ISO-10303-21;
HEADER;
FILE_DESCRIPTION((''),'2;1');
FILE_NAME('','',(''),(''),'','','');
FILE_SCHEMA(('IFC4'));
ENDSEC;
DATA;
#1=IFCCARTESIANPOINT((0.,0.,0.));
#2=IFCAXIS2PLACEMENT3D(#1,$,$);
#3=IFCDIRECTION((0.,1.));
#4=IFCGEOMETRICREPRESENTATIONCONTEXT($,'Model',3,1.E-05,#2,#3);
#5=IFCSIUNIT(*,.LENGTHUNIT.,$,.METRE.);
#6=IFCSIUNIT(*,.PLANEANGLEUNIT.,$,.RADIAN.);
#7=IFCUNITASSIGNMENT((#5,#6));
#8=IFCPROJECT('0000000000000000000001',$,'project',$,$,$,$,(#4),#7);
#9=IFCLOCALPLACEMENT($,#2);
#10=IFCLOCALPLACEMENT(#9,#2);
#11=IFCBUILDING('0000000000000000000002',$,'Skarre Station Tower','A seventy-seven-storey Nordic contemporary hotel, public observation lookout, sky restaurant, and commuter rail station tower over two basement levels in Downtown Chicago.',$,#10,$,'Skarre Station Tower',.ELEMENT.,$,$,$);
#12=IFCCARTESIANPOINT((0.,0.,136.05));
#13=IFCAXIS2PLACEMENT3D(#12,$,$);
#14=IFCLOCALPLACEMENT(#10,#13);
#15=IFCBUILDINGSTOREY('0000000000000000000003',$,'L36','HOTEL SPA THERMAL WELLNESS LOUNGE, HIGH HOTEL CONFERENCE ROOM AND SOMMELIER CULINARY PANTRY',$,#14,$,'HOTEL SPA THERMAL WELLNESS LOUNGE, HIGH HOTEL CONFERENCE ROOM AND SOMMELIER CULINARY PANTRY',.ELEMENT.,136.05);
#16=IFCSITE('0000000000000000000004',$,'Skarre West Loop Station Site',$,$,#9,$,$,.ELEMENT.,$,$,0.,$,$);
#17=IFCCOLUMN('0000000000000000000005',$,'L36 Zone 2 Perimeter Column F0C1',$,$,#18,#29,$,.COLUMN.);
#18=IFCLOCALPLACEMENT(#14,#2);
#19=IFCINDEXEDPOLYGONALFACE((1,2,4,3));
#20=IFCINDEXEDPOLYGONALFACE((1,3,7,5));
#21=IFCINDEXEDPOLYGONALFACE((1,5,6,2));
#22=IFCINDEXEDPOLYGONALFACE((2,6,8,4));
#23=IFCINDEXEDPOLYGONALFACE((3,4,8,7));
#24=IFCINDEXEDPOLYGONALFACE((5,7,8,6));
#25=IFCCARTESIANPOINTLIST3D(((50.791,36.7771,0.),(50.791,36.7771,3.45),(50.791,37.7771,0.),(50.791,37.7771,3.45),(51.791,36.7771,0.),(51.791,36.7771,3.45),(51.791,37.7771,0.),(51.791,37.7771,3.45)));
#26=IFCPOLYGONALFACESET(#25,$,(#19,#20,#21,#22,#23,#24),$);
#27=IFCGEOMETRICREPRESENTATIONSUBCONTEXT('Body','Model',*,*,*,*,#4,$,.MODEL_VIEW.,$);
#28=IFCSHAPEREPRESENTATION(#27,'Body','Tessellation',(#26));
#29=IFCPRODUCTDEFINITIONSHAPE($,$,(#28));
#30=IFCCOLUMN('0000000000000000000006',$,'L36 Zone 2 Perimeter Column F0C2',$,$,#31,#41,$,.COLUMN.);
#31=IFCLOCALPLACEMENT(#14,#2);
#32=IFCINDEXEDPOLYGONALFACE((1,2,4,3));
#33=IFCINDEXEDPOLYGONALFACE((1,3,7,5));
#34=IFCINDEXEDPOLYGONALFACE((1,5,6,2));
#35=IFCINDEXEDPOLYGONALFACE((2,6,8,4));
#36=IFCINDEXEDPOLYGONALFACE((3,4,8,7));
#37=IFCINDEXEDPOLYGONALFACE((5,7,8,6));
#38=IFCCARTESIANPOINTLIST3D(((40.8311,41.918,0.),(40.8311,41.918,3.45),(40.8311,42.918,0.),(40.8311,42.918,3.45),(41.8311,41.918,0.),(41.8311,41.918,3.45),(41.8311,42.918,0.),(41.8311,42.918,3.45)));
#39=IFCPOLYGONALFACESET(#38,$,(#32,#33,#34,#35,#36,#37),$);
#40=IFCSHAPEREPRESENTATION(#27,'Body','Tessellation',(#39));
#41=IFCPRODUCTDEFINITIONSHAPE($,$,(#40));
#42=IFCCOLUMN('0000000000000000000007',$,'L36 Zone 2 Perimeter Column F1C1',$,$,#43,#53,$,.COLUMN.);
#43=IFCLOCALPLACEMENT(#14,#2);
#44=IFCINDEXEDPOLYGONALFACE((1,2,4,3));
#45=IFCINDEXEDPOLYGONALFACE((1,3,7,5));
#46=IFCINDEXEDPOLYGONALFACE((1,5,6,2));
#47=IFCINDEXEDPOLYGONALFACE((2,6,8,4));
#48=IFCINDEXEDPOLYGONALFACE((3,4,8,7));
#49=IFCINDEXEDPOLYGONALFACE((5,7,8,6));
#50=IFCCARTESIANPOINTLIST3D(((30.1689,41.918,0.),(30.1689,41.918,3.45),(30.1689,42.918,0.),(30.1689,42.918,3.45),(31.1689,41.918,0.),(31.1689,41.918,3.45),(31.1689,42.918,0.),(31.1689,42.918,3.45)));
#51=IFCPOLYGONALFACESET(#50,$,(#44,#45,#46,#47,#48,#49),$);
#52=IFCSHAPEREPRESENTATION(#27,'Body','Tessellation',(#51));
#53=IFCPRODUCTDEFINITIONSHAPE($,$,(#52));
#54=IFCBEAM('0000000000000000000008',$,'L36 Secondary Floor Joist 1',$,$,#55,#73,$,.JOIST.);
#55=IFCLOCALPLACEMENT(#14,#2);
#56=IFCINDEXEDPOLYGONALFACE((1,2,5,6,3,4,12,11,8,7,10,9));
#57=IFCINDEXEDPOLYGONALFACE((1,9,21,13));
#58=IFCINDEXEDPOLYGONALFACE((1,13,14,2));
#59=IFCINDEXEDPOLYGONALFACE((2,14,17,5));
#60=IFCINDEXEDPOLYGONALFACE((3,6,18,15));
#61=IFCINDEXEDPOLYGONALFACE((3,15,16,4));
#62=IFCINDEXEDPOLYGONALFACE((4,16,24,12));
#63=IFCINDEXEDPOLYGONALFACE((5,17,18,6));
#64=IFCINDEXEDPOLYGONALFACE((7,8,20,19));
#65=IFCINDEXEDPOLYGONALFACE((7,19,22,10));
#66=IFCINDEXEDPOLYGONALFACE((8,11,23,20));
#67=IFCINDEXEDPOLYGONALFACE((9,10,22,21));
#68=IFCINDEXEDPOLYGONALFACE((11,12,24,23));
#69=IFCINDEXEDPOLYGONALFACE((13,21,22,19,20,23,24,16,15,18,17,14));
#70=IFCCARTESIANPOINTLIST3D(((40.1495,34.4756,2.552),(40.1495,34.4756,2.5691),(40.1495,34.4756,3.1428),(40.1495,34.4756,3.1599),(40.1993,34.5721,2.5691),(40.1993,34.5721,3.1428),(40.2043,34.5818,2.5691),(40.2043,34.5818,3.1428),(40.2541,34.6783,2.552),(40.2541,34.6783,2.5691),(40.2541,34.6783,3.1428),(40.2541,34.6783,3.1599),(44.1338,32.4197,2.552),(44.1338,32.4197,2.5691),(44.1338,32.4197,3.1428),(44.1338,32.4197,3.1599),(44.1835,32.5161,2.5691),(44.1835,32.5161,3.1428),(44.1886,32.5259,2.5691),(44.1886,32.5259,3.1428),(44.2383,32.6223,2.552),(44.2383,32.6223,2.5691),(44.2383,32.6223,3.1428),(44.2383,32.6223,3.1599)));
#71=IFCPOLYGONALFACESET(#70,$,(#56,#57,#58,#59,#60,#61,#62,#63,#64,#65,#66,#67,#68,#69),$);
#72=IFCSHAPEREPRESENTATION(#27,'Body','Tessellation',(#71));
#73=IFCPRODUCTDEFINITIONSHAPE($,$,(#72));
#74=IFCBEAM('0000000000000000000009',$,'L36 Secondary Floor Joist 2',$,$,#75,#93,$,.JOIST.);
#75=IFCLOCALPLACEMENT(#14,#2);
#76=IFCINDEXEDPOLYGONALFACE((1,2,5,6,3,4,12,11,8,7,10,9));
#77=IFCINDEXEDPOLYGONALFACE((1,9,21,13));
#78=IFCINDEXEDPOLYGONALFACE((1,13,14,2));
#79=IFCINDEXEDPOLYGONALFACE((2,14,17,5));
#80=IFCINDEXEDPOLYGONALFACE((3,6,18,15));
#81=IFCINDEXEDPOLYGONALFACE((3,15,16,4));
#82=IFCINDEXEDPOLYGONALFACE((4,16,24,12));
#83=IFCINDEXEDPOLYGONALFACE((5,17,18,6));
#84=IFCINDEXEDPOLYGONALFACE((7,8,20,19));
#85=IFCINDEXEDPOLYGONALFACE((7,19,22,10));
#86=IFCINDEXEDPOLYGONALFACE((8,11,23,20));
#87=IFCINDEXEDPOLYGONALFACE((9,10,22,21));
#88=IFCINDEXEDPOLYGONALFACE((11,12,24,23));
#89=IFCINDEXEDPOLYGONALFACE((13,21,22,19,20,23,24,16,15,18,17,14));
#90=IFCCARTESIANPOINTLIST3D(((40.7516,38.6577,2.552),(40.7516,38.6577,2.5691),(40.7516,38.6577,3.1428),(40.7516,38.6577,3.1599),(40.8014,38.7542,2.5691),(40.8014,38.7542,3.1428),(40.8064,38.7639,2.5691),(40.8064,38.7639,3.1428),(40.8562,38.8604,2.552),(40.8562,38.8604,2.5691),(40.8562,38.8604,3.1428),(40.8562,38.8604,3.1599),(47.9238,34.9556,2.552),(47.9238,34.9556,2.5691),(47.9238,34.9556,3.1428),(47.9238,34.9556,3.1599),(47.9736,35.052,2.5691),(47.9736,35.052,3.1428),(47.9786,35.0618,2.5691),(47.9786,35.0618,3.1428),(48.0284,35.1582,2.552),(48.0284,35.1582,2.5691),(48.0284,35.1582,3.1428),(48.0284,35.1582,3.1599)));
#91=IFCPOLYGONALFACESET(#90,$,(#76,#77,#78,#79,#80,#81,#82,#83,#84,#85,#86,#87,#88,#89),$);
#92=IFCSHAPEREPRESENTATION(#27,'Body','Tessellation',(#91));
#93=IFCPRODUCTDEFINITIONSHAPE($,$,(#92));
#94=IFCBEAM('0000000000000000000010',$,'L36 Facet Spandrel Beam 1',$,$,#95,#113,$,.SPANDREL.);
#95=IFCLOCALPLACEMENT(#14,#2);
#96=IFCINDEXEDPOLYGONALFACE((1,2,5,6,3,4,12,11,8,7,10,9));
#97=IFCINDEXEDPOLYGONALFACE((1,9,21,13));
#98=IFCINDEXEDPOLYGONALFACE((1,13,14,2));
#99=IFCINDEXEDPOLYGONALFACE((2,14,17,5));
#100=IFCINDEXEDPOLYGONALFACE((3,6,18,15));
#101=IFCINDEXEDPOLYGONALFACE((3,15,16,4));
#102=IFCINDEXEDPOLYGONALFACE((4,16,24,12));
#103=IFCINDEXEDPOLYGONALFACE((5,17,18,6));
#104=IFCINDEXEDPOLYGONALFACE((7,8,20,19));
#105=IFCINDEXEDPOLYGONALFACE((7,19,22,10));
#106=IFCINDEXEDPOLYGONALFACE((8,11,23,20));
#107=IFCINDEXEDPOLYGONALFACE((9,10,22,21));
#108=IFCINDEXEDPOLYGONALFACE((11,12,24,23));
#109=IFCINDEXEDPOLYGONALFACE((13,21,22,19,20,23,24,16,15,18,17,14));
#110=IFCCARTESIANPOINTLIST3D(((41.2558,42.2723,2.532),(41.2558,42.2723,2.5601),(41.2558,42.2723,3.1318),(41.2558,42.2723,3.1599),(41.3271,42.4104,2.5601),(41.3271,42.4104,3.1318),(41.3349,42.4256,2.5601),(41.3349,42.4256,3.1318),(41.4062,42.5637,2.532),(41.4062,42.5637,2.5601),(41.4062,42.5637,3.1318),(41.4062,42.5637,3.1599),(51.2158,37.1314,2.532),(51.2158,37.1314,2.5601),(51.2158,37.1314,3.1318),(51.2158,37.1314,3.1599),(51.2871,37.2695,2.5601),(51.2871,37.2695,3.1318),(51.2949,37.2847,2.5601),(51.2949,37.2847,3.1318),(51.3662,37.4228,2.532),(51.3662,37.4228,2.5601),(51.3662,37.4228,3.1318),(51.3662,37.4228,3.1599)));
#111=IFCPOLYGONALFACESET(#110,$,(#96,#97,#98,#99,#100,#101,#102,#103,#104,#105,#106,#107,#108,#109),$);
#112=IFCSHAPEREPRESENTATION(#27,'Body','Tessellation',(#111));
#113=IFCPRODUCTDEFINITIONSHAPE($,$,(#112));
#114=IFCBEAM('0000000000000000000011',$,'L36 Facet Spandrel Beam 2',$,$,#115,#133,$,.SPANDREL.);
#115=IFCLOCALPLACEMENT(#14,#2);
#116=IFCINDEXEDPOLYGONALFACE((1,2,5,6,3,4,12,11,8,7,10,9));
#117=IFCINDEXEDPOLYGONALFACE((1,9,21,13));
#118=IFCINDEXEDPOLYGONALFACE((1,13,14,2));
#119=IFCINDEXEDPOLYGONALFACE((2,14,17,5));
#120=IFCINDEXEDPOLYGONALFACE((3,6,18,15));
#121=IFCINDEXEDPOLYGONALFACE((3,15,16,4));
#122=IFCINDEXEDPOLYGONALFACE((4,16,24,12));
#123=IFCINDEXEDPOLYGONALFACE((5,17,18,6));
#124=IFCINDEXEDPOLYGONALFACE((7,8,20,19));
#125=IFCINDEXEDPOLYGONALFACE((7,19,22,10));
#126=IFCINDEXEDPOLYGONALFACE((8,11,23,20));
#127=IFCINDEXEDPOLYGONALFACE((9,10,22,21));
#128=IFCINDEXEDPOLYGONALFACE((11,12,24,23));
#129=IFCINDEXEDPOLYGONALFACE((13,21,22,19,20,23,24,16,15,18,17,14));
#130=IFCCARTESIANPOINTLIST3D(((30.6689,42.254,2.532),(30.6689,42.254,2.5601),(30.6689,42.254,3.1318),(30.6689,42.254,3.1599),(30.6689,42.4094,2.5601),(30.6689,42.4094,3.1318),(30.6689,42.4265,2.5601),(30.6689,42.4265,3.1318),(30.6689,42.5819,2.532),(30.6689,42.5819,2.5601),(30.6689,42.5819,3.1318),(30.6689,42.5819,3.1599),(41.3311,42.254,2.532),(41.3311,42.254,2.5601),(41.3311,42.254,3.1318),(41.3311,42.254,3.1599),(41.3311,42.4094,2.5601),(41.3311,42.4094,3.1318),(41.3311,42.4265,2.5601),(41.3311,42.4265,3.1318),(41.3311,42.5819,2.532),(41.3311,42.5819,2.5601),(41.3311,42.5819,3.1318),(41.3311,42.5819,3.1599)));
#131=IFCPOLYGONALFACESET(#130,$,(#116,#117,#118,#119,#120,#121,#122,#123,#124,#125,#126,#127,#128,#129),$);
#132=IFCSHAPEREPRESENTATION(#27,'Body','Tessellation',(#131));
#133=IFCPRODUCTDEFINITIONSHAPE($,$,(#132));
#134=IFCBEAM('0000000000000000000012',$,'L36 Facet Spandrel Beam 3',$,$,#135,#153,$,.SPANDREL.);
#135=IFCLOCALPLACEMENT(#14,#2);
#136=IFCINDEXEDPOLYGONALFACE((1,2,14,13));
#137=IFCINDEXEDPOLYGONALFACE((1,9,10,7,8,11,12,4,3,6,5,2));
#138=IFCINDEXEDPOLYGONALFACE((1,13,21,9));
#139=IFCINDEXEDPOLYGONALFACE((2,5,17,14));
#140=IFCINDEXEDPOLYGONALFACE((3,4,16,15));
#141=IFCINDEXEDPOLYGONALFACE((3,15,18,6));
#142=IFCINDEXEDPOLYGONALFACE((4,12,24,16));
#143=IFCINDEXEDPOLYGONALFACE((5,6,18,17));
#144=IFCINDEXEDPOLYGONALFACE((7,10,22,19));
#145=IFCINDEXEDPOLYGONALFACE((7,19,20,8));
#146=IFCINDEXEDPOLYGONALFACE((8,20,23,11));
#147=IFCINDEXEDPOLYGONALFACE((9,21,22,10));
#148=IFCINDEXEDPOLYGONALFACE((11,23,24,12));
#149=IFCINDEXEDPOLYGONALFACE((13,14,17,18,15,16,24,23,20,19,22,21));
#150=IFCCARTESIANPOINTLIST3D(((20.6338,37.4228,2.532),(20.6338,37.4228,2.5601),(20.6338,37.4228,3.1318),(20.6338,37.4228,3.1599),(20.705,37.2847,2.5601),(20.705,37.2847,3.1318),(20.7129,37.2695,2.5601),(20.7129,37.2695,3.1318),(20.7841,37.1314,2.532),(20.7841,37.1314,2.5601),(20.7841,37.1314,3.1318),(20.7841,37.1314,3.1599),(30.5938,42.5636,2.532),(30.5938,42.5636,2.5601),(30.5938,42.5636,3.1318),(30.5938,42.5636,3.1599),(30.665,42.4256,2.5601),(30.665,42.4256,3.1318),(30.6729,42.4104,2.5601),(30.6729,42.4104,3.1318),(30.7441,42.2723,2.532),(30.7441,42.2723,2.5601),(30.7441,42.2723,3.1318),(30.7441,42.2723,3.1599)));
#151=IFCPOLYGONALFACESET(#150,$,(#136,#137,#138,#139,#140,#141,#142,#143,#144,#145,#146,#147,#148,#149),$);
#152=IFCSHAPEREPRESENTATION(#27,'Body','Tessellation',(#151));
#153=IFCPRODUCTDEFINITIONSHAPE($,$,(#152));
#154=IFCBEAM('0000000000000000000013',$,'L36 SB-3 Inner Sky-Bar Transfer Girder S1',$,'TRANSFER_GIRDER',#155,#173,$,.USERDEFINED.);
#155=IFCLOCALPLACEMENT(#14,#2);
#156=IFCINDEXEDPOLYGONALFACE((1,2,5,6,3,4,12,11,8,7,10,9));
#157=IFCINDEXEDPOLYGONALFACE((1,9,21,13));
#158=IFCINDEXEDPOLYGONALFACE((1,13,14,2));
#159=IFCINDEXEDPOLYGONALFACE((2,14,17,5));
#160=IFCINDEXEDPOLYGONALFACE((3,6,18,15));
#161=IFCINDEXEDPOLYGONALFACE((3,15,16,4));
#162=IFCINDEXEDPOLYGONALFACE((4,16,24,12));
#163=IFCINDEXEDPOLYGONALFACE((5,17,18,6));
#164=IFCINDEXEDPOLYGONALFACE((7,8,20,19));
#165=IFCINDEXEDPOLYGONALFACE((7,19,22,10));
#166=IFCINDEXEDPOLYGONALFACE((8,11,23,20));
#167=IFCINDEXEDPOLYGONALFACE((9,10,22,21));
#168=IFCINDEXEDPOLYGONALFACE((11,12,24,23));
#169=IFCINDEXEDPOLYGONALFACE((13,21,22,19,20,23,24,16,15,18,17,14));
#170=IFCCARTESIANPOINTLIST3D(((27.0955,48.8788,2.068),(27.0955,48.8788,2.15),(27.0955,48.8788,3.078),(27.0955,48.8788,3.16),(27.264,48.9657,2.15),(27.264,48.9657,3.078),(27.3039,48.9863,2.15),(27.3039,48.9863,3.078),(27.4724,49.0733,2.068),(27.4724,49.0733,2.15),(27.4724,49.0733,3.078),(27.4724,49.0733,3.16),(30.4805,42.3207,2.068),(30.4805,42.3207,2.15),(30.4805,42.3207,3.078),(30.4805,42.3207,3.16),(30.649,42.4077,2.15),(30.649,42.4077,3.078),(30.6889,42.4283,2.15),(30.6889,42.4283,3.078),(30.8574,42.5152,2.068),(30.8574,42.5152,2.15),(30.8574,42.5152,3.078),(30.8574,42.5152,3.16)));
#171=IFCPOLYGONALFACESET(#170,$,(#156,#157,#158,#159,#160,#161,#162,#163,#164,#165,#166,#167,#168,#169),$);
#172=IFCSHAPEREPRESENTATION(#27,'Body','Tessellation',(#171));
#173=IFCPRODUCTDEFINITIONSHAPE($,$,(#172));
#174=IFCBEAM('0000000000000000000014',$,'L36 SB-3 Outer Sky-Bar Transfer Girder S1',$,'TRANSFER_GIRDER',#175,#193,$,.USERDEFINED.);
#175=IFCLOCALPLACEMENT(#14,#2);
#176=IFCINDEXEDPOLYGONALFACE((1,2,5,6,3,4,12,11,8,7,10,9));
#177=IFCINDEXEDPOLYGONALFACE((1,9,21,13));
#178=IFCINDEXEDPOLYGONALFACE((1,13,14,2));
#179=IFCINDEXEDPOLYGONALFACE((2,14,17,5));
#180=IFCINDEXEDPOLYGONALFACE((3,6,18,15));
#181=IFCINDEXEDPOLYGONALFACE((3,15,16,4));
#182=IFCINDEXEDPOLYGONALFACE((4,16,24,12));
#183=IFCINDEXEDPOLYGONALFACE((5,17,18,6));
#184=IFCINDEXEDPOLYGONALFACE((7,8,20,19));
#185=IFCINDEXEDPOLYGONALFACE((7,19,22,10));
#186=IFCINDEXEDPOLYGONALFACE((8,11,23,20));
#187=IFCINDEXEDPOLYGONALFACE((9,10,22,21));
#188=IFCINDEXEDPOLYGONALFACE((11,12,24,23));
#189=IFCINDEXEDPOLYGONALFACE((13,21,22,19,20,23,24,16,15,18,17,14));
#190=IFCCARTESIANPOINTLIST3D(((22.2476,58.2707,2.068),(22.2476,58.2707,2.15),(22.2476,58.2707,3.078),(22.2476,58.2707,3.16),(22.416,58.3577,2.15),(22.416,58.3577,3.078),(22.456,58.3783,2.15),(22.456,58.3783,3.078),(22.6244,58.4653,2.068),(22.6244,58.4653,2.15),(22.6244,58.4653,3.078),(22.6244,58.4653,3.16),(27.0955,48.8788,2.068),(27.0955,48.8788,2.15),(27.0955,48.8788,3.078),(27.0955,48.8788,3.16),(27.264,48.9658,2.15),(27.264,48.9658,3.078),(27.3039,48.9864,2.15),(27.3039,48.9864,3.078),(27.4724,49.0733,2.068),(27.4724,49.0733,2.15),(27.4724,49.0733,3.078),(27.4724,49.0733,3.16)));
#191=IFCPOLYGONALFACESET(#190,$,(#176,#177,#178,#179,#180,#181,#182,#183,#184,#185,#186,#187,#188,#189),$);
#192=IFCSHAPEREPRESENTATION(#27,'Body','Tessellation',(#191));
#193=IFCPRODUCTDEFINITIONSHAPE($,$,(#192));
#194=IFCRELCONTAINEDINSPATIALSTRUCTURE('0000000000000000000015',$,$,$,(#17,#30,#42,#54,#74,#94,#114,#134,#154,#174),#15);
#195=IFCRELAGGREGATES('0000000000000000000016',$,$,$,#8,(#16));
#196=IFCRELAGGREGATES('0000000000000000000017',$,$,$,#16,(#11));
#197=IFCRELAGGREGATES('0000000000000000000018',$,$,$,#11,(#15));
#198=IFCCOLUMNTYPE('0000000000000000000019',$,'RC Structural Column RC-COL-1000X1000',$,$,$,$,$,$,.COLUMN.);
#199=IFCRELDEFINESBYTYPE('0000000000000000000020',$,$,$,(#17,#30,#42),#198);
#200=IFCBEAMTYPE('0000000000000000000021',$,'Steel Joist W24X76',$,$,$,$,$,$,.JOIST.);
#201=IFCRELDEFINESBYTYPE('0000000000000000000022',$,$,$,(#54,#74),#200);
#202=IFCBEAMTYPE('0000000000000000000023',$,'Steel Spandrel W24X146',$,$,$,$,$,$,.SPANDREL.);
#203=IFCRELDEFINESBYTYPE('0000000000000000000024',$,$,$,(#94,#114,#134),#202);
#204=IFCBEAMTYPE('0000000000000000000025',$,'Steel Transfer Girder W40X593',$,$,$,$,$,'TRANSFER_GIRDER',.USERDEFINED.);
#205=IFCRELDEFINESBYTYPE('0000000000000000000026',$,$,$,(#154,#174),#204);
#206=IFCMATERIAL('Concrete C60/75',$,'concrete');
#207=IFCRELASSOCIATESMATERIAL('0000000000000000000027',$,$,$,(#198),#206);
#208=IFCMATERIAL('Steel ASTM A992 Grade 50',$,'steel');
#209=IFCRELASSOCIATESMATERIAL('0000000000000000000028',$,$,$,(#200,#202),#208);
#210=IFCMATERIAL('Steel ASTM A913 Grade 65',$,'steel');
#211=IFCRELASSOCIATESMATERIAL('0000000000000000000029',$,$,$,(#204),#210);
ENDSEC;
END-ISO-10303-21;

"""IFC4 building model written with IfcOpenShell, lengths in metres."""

from ifc_helpers import new_model, si_unit, direction, frame, origin, origin_2d, place, context, subcontext, project, spatial, rectangle, i_section, extrude, material, material_profile, profile_set, type_object, element, save


model = new_model("IFC4")

# Units and contexts
model_context = context("Model", 3, precision=1e-05, world=origin(), true_north=direction((0.0, 1.0)))
body_context = subcontext(model_context, "Body", "Model", "MODEL_VIEW")
ifc_project = project(units=[si_unit("LENGTHUNIT", "METRE"), si_unit("PLANEANGLEUNIT", "RADIAN")], contexts=[model_context])

# Site, building, storey
site_placement = place(None, origin())
site = spatial("IfcSite", under=ifc_project, at=site_placement, Name="Skarre West Loop Station Site", CompositionType="ELEMENT", RefElevation=0.0)
building_placement = place(site_placement, origin())
building = spatial("IfcBuilding", under=site, at=building_placement, Name="Skarre Station Tower", Description="A seventy-seven-storey Nordic contemporary hotel, public observation lookout, sky restaurant, and commuter rail station tower over two basement levels in Downtown Chicago.", LongName="Skarre Station Tower", CompositionType="ELEMENT")
storey_placement = place(building_placement, frame((0.0, 0.0, 136.05)))
storey = spatial("IfcBuildingStorey", under=building, at=storey_placement, Name="L36", Description="HOTEL SPA THERMAL WELLNESS LOUNGE, HIGH HOTEL CONFERENCE ROOM AND SOMMELIER CULINARY PANTRY", LongName="HOTEL SPA THERMAL WELLNESS LOUNGE, HIGH HOTEL CONFERENCE ROOM AND SOMMELIER CULINARY PANTRY", CompositionType="ELEMENT", Elevation=136.05)

# Columns
ifc_material_1 = material(Name="Concrete C60/75", Category="concrete")
ifc_material_profile_1 = material_profile(ifc_material_1, rectangle(XDim=1.0, YDim=1.0, at=origin_2d()), Name="Concrete C60/75")
ifc_profile_set_1 = profile_set([ifc_material_profile_1], Name="Concrete C60/75")
column_type = type_object("IfcColumnType", Name="RC Structural Column RC-COL-1000X1000", PredefinedType="COLUMN", material=ifc_profile_set_1)
for number, where, z_axis, x_axis, name in (
    (1, (51.291, 37.2771, 0.0), (0.0, 0.0, 1.0), (1.0, 0.0, 0.0), "L36 Zone 2 Perimeter Column F0C1"),
    (2, (41.3311, 42.418, 0.0), (0.0, 0.0, 1.0), (1.0, 0.0, 0.0), "L36 Zone 2 Perimeter Column F0C2"),
    (3, (30.6689, 42.418, 0.0), (0.0, 0.0, 1.0), (1.0, 0.0, 0.0), "L36 Zone 2 Perimeter Column F1C1"),
):
    element("IfcColumn", number, at=place(storey_placement, frame(where, z_axis=z_axis, x_axis=x_axis)), inside=storey, type_object=column_type, Name=name, PredefinedType="COLUMN", context=body_context, shape_type="SweptSolid", body=[
        extrude(rectangle(XDim=1.0, YDim=1.0, at=origin_2d()), origin(), (0.0, 0.0, 1.0), 3.45),
    ])

# Beams
ifc_material_2 = material(Name="Steel ASTM A992 Grade 50", Category="steel")
ifc_material_profile_2 = material_profile(ifc_material_2, i_section(OverallWidth=0.228, OverallDepth=0.6079, WebThickness=0.011, FlangeThickness=0.0171, at=origin_2d()), Name="Steel ASTM A992 Grade 50")
ifc_profile_set_2 = profile_set([ifc_material_profile_2], Name="Steel ASTM A992 Grade 50")
beam_type_1 = type_object("IfcBeamType", Name="Steel Joist W24X76", PredefinedType="JOIST", material=ifc_profile_set_2)
beam_1_placement = place(storey_placement, frame((44.186, 32.521, 2.856), z_axis=(-0.888659, 0.458569, 0.0), x_axis=(-0.458569, -0.888659, 0.0)))
element("IfcBeam", 4, at=beam_1_placement, inside=storey, type_object=beam_type_1, Name="L36 Secondary Floor Joist 1", PredefinedType="JOIST", context=body_context, shape_type="SweptSolid", body=[
    extrude(i_section(OverallWidth=0.228, OverallDepth=0.6079, WebThickness=0.011, FlangeThickness=0.0171, at=origin_2d()), origin(), (0.0, 0.0, 1.0), 4.4834),
])
beam_2_placement = place(storey_placement, frame((47.9761, 35.0569, 2.856), z_axis=(-0.8886, 0.458683, 0.0), x_axis=(-0.458683, -0.8886, 0.0)))
element("IfcBeam", 5, at=beam_2_placement, inside=storey, type_object=beam_type_1, Name="L36 Secondary Floor Joist 2", PredefinedType="JOIST", context=body_context, shape_type="SweptSolid", body=[
    extrude(i_section(OverallWidth=0.228, OverallDepth=0.6079, WebThickness=0.011, FlangeThickness=0.0171, at=origin_2d()), origin(), (0.0, 0.0, 1.0), 8.0713),
])
ifc_material_profile_3 = material_profile(ifc_material_2, i_section(OverallWidth=0.3279, OverallDepth=0.6279, WebThickness=0.0171, FlangeThickness=0.0281, at=origin_2d()), Name="Steel ASTM A992 Grade 50")
ifc_profile_set_3 = profile_set([ifc_material_profile_3], Name="Steel ASTM A992 Grade 50")
beam_type_2 = type_object("IfcBeamType", Name="Steel Spandrel W24X146", PredefinedType="SPANDREL", material=ifc_profile_set_3)
beam_3_placement = place(storey_placement, frame((51.291, 37.2771, 2.8459), z_axis=(-0.888612, 0.45866, 0.0), x_axis=(-0.45866, -0.888612, 0.0)))
element("IfcBeam", 6, at=beam_3_placement, inside=storey, type_object=beam_type_2, Name="L36 Facet Spandrel Beam 1", PredefinedType="SPANDREL", context=body_context, shape_type="SweptSolid", body=[
    extrude(i_section(OverallWidth=0.3279, OverallDepth=0.6279, WebThickness=0.0171, FlangeThickness=0.0281, at=origin_2d()), origin(), (0.0, 0.0, 1.0), 11.2085),
])
beam_4_placement = place(storey_placement, frame((41.3311, 42.418, 2.8459), z_axis=(-1.0, 0.0, 0.0), x_axis=(0.0, -1.0, 0.0)))
element("IfcBeam", 7, at=beam_4_placement, inside=storey, type_object=beam_type_2, Name="L36 Facet Spandrel Beam 2", PredefinedType="SPANDREL", context=body_context, shape_type="SweptSolid", body=[
    extrude(i_section(OverallWidth=0.3279, OverallDepth=0.6279, WebThickness=0.0171, FlangeThickness=0.0281, at=origin_2d()), origin(), (0.0, 0.0, 1.0), 10.6621),
])
beam_5_placement = place(storey_placement, frame((30.6689, 42.418, 2.8459), z_axis=(-0.888612, -0.45866, 0.0), x_axis=(0.45866, -0.888612, 0.0)))
element("IfcBeam", 8, at=beam_5_placement, inside=storey, type_object=beam_type_2, Name="L36 Facet Spandrel Beam 3", PredefinedType="SPANDREL", context=body_context, shape_type="SweptSolid", body=[
    extrude(i_section(OverallWidth=0.3279, OverallDepth=0.6279, WebThickness=0.0171, FlangeThickness=0.0281, at=origin_2d()), origin(), (0.0, 0.0, 1.0), 11.2085),
])
ifc_material_3 = material(Name="Steel ASTM A913 Grade 65", Category="steel")
ifc_material_profile_4 = material_profile(ifc_material_3, i_section(OverallWidth=0.4241, OverallDepth=1.092, WebThickness=0.0449, FlangeThickness=0.082, at=origin_2d()), Name="Steel ASTM A913 Grade 65")
ifc_profile_set_4 = profile_set([ifc_material_profile_4], Name="Steel ASTM A913 Grade 65")
beam_type_3 = type_object("IfcBeamType", Name="Steel Transfer Girder W40X593", ElementType="TRANSFER_GIRDER", PredefinedType="USERDEFINED", material=ifc_profile_set_4)
beam_6_placement = place(storey_placement, frame((30.6689, 42.418, 2.614), z_axis=(-0.458662, 0.888611, 0.0), x_axis=(-0.888611, -0.458662, 0.0)))
element("IfcBeam", 9, at=beam_6_placement, inside=storey, type_object=beam_type_3, Name="L36 SB-3 Inner Sky-Bar Transfer Girder S1", ObjectType="TRANSFER_GIRDER", PredefinedType="USERDEFINED", context=body_context, shape_type="SweptSolid", body=[
    extrude(i_section(OverallWidth=0.4241, OverallDepth=1.092, WebThickness=0.0449, FlangeThickness=0.082, at=origin_2d()), origin(), (0.0, 0.0, 1.0), 7.3801),
])
beam_7_placement = place(storey_placement, frame((27.2839, 48.9761, 2.614), z_axis=(-0.45868, 0.888602, 0.0), x_axis=(-0.888602, -0.45868, 0.0)))
element("IfcBeam", 10, at=beam_7_placement, inside=storey, type_object=beam_type_3, Name="L36 SB-3 Outer Sky-Bar Transfer Girder S1", ObjectType="TRANSFER_GIRDER", PredefinedType="USERDEFINED", context=body_context, shape_type="SweptSolid", body=[
    extrude(i_section(OverallWidth=0.4241, OverallDepth=1.092, WebThickness=0.0449, FlangeThickness=0.082, at=origin_2d()), origin(), (0.0, 0.0, 1.0), 10.5693),
])

save(model, "model.ifc")
